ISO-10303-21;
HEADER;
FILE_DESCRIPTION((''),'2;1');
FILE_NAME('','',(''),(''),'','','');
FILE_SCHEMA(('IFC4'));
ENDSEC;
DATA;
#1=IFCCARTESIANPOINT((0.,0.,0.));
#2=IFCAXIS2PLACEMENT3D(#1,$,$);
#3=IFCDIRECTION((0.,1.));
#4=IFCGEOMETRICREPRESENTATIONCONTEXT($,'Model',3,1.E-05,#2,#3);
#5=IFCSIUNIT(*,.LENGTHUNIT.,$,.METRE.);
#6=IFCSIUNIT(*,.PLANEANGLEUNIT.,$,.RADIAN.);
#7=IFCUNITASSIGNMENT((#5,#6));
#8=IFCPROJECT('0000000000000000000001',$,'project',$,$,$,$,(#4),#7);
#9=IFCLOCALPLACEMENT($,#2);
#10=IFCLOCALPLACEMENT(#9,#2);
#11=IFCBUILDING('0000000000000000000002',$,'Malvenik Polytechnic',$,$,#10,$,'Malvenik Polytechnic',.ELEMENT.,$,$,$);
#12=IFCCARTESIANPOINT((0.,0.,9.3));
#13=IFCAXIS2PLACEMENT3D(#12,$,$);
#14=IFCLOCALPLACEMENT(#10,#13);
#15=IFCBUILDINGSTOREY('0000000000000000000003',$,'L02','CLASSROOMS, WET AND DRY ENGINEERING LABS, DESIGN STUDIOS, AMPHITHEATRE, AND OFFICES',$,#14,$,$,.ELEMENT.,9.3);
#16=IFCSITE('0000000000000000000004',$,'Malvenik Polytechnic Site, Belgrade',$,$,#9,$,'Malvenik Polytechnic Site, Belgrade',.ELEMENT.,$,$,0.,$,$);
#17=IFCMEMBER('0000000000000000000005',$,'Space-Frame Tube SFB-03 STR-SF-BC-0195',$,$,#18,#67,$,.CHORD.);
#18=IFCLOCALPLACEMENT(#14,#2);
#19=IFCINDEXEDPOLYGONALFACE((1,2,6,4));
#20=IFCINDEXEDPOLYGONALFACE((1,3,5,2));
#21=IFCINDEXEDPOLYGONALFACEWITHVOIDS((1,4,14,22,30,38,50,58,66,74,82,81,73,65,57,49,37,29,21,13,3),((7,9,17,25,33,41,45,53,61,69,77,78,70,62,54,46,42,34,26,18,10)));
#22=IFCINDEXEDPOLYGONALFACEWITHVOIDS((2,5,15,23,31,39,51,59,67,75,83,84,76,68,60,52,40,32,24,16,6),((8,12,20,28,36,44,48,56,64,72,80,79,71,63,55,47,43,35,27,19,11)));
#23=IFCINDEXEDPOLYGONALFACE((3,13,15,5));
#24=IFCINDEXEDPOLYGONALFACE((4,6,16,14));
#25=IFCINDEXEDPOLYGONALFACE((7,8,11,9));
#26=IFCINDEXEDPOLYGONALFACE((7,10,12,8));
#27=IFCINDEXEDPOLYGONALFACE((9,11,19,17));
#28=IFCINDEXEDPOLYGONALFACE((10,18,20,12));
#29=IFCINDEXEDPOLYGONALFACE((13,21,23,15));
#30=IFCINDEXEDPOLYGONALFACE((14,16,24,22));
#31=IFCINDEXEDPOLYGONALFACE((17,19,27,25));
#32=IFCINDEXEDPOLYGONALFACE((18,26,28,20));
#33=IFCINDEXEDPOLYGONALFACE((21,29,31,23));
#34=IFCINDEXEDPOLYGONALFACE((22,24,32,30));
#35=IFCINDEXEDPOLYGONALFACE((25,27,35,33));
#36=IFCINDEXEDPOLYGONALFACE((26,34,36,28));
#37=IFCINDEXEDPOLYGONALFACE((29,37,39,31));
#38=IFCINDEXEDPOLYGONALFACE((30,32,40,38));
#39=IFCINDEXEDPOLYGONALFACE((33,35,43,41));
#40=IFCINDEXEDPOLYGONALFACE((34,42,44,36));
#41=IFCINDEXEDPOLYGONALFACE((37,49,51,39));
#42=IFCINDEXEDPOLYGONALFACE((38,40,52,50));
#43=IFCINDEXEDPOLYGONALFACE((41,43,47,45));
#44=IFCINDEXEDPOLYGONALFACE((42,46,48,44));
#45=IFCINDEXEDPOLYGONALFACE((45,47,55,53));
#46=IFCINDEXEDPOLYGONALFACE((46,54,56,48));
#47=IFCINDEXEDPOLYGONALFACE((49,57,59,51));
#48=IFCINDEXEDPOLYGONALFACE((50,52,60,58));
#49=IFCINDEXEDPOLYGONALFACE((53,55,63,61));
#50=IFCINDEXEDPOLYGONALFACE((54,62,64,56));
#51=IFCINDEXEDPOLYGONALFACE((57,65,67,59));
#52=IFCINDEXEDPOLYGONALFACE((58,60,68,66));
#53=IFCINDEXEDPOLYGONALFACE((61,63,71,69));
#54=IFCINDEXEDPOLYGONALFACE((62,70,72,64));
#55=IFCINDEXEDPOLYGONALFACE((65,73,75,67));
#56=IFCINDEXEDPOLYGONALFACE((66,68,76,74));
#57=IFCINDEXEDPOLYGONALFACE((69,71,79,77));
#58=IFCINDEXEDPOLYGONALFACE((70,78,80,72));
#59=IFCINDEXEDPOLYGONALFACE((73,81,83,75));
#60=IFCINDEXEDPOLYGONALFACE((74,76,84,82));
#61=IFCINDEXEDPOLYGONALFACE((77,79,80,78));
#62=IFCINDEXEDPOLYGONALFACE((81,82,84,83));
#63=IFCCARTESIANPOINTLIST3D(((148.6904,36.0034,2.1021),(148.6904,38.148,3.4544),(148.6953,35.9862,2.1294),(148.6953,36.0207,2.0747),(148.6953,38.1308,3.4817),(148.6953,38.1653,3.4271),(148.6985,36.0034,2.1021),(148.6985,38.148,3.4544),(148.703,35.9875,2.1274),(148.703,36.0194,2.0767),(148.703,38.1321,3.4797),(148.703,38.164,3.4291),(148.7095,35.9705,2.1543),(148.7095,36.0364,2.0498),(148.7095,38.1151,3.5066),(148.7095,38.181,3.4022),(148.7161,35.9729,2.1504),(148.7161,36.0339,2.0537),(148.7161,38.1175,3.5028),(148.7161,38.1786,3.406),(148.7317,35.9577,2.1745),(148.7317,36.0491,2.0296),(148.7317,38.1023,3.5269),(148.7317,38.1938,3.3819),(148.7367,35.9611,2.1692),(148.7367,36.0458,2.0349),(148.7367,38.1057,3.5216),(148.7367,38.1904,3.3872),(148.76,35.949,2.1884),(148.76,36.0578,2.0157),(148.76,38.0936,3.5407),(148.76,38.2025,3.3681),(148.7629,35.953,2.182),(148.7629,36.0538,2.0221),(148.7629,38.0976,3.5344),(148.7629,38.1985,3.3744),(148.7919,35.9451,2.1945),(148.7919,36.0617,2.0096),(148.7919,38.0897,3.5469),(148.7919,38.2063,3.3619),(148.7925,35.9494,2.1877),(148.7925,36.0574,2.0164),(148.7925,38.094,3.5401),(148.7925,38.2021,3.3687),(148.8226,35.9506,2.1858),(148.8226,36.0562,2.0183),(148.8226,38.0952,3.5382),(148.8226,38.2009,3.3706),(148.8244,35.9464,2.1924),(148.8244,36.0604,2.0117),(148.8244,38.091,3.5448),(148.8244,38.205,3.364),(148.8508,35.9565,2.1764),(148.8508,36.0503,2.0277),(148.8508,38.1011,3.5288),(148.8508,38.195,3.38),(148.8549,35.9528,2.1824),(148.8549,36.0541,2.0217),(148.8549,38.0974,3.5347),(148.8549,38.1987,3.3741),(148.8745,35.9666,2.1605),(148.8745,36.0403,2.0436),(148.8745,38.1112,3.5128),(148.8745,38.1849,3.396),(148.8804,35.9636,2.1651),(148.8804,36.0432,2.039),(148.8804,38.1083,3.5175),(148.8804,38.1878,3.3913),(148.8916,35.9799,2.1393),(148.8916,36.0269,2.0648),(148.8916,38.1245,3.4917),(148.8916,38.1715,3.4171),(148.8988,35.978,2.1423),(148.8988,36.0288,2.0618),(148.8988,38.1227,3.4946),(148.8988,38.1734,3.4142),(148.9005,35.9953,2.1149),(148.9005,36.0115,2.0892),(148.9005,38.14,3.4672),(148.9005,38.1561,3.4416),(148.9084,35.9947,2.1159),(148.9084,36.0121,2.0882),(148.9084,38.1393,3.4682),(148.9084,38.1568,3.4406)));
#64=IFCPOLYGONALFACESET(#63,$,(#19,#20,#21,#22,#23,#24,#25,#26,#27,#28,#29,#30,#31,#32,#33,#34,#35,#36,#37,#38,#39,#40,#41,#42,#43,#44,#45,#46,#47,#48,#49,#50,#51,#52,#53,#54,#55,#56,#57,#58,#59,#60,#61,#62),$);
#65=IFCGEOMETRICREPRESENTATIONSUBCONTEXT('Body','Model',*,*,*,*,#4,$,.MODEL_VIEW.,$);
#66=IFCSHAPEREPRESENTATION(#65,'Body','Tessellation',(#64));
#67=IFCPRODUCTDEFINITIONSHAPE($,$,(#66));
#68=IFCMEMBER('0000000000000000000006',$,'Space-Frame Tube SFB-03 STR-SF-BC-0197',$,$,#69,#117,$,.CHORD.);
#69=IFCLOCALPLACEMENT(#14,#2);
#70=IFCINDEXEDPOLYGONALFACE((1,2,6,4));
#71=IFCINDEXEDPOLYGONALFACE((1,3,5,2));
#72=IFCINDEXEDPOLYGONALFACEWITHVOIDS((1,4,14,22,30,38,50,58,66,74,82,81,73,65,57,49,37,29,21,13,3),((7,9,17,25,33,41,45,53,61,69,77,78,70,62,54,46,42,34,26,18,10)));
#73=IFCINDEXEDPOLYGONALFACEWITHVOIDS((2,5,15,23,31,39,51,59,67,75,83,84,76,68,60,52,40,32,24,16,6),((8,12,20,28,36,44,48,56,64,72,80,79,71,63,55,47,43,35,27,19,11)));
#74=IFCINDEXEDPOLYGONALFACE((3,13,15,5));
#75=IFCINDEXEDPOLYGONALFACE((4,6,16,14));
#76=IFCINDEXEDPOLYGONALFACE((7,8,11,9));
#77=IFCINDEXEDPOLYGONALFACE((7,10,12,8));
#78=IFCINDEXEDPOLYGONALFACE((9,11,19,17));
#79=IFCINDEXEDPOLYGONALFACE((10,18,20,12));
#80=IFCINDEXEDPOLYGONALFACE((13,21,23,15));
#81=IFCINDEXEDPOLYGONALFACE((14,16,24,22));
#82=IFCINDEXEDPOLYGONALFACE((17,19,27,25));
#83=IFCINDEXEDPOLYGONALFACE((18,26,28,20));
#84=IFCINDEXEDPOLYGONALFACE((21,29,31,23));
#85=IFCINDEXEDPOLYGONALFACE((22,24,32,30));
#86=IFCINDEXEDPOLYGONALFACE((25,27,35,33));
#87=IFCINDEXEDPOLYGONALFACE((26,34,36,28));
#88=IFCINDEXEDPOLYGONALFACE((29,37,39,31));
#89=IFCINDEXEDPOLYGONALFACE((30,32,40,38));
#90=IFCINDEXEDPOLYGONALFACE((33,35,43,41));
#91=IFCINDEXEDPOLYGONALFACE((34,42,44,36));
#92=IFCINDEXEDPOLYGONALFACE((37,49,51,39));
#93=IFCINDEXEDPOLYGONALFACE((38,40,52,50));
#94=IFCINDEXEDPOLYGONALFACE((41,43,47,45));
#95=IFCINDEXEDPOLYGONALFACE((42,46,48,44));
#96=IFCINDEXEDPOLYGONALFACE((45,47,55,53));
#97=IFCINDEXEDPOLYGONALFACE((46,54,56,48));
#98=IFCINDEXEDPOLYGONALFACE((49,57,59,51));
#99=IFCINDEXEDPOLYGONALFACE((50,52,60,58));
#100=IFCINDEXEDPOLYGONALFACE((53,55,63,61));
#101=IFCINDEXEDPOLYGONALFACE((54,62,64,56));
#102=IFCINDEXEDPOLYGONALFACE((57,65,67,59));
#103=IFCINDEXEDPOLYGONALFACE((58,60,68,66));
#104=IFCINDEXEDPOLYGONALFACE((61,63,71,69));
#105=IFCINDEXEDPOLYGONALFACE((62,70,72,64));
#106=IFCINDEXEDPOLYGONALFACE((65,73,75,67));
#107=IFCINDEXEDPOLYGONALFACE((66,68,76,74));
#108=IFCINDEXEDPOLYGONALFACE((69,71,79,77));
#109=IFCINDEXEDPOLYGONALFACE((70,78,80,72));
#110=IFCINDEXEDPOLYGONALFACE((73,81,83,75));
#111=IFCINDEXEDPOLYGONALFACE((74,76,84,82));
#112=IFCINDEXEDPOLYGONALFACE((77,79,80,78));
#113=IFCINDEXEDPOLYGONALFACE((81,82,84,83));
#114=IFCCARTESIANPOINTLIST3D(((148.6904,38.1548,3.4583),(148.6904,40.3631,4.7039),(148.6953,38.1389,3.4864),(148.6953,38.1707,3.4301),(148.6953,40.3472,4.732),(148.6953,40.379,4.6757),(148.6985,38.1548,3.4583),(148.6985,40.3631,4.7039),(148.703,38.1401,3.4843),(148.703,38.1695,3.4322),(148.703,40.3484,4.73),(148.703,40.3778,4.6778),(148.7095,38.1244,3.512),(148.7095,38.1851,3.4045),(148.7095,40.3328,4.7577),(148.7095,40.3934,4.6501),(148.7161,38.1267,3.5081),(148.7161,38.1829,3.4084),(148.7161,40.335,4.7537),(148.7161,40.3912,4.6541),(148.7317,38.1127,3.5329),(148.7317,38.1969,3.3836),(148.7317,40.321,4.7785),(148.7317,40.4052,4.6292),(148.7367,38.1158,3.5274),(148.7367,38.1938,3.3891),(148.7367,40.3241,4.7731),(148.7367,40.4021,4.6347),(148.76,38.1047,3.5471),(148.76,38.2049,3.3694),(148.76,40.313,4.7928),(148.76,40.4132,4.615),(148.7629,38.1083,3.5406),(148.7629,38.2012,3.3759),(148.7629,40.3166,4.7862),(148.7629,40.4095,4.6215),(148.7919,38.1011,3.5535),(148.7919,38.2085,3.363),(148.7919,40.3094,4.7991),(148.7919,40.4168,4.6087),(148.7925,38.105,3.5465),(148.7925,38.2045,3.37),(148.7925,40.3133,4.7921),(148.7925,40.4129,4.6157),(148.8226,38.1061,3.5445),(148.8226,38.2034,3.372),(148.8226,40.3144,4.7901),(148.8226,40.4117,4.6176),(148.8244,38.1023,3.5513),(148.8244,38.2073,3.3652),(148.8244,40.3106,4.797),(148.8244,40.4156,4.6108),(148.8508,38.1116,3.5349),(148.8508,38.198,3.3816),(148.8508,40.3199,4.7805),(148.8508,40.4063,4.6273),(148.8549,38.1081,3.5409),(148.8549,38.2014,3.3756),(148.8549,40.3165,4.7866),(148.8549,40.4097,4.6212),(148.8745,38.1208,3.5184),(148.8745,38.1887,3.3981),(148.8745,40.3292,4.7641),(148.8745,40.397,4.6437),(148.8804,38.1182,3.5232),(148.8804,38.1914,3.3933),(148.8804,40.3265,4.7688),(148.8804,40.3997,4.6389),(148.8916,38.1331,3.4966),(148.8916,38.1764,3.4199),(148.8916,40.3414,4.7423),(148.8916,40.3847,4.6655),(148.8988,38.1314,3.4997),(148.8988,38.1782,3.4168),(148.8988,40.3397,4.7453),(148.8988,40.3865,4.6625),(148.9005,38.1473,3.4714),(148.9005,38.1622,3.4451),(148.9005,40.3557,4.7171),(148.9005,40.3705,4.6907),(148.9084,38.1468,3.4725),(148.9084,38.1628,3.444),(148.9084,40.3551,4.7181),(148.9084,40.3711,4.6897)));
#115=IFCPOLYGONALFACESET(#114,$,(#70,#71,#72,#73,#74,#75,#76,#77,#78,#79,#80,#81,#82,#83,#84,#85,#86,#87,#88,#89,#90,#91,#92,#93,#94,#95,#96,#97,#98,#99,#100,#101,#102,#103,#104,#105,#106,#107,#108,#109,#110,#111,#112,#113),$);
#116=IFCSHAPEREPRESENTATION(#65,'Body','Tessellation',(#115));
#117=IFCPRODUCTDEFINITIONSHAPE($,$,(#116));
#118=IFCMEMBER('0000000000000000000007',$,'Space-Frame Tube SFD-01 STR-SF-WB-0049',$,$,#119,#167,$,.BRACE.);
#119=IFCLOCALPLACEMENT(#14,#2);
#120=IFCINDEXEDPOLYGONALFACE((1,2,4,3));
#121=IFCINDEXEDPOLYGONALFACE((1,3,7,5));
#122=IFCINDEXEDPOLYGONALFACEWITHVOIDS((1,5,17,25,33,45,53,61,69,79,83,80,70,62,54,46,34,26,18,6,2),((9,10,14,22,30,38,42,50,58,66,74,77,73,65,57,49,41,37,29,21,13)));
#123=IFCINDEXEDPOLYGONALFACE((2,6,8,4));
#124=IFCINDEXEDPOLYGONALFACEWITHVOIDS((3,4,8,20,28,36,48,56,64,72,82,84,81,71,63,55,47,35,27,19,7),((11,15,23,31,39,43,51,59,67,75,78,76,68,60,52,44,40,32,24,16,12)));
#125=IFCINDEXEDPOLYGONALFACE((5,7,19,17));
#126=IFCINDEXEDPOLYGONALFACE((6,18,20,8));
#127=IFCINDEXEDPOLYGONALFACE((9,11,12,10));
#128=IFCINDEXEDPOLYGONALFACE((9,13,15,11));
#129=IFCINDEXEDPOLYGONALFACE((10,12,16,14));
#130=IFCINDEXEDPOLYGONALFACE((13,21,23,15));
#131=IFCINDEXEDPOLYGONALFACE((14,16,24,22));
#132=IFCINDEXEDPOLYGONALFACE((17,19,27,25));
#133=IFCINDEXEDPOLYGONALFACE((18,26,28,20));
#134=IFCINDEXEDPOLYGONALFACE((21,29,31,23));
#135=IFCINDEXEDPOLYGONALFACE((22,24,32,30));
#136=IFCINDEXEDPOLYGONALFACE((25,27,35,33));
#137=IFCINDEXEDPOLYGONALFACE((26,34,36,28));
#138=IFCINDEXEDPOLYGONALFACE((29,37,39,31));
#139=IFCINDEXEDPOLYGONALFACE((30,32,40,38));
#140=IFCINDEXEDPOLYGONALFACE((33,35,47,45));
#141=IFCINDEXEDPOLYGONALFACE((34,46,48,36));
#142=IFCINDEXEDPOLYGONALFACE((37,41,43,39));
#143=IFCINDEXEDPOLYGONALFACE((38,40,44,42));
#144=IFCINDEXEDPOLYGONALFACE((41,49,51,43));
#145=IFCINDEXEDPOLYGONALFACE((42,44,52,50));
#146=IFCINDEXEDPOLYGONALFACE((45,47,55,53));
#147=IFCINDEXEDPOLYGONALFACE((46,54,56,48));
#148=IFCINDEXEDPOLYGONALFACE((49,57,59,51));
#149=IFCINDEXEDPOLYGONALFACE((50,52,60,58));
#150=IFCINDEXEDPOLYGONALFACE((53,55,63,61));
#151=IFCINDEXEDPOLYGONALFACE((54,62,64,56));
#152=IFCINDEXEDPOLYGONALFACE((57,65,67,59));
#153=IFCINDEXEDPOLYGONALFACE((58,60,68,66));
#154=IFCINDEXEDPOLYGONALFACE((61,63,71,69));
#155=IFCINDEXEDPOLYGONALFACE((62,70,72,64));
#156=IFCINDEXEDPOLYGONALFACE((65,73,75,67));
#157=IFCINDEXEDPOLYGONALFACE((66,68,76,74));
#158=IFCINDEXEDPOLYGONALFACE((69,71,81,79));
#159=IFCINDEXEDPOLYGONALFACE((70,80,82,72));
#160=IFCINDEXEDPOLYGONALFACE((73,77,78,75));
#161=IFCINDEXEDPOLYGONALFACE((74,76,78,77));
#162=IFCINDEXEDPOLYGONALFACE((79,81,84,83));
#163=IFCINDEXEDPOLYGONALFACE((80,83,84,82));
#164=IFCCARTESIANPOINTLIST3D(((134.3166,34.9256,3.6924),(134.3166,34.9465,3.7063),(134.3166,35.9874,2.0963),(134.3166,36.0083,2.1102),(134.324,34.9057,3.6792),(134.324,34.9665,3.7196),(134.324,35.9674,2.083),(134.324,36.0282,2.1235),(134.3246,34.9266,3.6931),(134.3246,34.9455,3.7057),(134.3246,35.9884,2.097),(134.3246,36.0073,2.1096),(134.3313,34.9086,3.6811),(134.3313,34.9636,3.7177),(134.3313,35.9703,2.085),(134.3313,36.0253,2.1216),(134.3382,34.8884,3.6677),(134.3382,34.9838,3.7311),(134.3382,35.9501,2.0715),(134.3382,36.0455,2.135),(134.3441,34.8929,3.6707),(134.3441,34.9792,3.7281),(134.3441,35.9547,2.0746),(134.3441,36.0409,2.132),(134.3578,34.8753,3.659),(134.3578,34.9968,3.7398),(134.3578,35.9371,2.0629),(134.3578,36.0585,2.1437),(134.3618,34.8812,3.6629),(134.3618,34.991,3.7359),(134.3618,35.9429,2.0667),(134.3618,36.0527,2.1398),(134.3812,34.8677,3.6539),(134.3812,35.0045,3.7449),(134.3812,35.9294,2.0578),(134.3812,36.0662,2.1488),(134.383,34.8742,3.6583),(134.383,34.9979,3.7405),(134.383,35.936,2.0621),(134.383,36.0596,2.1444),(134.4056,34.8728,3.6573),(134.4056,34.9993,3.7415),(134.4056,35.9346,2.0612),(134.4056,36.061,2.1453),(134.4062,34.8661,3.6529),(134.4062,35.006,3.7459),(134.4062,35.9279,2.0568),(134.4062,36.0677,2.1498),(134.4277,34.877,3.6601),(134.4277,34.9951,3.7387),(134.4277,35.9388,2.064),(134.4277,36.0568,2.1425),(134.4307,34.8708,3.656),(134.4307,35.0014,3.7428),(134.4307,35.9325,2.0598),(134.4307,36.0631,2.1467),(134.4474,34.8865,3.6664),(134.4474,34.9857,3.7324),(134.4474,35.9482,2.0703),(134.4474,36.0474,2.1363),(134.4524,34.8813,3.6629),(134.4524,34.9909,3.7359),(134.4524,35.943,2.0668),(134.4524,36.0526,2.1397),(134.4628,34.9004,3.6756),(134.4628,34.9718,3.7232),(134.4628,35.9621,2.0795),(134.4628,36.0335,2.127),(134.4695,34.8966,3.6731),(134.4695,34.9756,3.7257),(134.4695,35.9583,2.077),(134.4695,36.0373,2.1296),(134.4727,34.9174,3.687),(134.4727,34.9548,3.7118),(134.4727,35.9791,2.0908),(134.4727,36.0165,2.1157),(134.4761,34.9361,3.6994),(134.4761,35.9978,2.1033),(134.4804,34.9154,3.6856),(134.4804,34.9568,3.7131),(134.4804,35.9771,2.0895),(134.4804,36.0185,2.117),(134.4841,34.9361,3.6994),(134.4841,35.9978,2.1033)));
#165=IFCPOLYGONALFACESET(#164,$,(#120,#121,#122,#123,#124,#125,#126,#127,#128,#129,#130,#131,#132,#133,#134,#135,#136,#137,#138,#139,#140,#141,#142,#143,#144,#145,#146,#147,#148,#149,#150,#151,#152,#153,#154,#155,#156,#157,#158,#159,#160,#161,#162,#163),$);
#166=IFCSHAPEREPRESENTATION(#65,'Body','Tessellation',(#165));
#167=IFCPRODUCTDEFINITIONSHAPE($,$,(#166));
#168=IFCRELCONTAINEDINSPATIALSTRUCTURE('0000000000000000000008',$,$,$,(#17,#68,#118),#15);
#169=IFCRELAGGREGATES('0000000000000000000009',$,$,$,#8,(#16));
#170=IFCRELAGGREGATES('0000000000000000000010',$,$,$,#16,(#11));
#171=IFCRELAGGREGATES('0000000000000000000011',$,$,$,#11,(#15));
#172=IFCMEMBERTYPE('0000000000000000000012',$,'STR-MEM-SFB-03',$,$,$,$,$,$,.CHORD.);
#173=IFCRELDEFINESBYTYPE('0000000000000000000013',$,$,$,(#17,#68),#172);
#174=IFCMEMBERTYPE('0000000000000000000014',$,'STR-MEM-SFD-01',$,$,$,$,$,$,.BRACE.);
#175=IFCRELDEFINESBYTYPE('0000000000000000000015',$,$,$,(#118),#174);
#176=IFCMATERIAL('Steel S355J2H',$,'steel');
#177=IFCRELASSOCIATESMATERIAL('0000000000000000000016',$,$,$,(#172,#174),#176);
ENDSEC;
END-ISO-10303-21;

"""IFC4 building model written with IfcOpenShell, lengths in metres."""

from ifc_helpers import new_model, si_unit, direction, frame, origin, origin_2d, place, context, subcontext, project, spatial, hollow_circle, extrude, material, material_profile, profile_set, type_object, element, save


model = new_model("IFC4")

# Units and contexts
model_context = context("Model", 3, precision=1e-05, world=origin(), true_north=direction((0.0, 1.0)))
body_context = subcontext(model_context, "Body", "Model", "MODEL_VIEW")
ifc_project = project(units=[si_unit("LENGTHUNIT", "METRE"), si_unit("PLANEANGLEUNIT", "RADIAN")], contexts=[model_context])

# Site, building, storey
site_placement = place(None, origin())
site = spatial("IfcSite", under=ifc_project, at=site_placement, Name="Malvenik Polytechnic Site, Belgrade", LongName="Malvenik Polytechnic Site, Belgrade", CompositionType="ELEMENT", RefElevation=0.0)
building_placement = place(site_placement, origin())
building = spatial("IfcBuilding", under=site, at=building_placement, Name="Malvenik Polytechnic", LongName="Malvenik Polytechnic", CompositionType="ELEMENT")
storey_placement = place(building_placement, frame((0.0, 0.0, 9.3)))
storey = spatial("IfcBuildingStorey", under=building, at=storey_placement, Name="L02", Description="CLASSROOMS, WET AND DRY ENGINEERING LABS, DESIGN STUDIOS, AMPHITHEATRE, AND OFFICES", CompositionType="ELEMENT", Elevation=9.3)

# Members
ifc_material_1 = material(Name="Steel S355J2H", Category="steel")
ifc_material_profile_1 = material_profile(ifc_material_1, hollow_circle(Radius=0.1096, WallThickness=0.0081, at=origin_2d()), Name="CHS 219.1x8.0")
ifc_profile_set_1 = profile_set([ifc_material_profile_1], Name="Steel S355J2H")
member_type_1 = type_object("IfcMemberType", Name="STR-MEM-SFB-03", PredefinedType="CHORD", material=ifc_profile_set_1)
for number, where, z_axis, x_axis, name in (
    (1, (148.8, 36.0034, 2.1021), (0.0, 0.845871, 0.533388), (-1.0, 0.0, 0.0), "Space-Frame Tube SFB-03 STR-SF-BC-0195"),
    (2, (148.8, 38.1548, 3.4583), (0.0, 0.870991, 0.491299), (-1.0, 0.0, 0.0), "Space-Frame Tube SFB-03 STR-SF-BC-0197"),
):
    element("IfcMember", number, at=place(storey_placement, frame(where, z_axis=z_axis, x_axis=x_axis)), inside=storey, type_object=member_type_1, Name=name, PredefinedType="CHORD", context=body_context, shape_type="SweptSolid", body=[
        extrude(hollow_circle(Radius=0.1096, WallThickness=0.0081, at=origin_2d()), origin(), (0.0, 0.0, 1.0), 2.5354),
    ])
ifc_material_profile_2 = material_profile(ifc_material_1, hollow_circle(Radius=0.0842, WallThickness=0.0081, at=origin_2d()), Name="CHS 168.3x8.0")
ifc_profile_set_2 = profile_set([ifc_material_profile_2], Name="Steel S355J2H")
member_type_2 = type_object("IfcMemberType", Name="STR-MEM-SFD-01", PredefinedType="BRACE", material=ifc_profile_set_2)
for number, where, z_axis, x_axis, name in (
    (3, (134.3999, 35.9978, 2.1033), (0.0, -0.553848, 0.832618), (1.0, 0.0, 0.0), "Space-Frame Tube SFD-01 STR-SF-WB-0049"),
):
    element("IfcMember", number, at=place(storey_placement, frame(where, z_axis=z_axis, x_axis=x_axis)), inside=storey, type_object=member_type_2, Name=name, PredefinedType="BRACE", context=body_context, shape_type="SweptSolid", body=[
        extrude(hollow_circle(Radius=0.0842, WallThickness=0.0081, at=origin_2d()), origin(), (0.0, 0.0, 1.0), 1.917),
    ])

save(model, "model.ifc")
